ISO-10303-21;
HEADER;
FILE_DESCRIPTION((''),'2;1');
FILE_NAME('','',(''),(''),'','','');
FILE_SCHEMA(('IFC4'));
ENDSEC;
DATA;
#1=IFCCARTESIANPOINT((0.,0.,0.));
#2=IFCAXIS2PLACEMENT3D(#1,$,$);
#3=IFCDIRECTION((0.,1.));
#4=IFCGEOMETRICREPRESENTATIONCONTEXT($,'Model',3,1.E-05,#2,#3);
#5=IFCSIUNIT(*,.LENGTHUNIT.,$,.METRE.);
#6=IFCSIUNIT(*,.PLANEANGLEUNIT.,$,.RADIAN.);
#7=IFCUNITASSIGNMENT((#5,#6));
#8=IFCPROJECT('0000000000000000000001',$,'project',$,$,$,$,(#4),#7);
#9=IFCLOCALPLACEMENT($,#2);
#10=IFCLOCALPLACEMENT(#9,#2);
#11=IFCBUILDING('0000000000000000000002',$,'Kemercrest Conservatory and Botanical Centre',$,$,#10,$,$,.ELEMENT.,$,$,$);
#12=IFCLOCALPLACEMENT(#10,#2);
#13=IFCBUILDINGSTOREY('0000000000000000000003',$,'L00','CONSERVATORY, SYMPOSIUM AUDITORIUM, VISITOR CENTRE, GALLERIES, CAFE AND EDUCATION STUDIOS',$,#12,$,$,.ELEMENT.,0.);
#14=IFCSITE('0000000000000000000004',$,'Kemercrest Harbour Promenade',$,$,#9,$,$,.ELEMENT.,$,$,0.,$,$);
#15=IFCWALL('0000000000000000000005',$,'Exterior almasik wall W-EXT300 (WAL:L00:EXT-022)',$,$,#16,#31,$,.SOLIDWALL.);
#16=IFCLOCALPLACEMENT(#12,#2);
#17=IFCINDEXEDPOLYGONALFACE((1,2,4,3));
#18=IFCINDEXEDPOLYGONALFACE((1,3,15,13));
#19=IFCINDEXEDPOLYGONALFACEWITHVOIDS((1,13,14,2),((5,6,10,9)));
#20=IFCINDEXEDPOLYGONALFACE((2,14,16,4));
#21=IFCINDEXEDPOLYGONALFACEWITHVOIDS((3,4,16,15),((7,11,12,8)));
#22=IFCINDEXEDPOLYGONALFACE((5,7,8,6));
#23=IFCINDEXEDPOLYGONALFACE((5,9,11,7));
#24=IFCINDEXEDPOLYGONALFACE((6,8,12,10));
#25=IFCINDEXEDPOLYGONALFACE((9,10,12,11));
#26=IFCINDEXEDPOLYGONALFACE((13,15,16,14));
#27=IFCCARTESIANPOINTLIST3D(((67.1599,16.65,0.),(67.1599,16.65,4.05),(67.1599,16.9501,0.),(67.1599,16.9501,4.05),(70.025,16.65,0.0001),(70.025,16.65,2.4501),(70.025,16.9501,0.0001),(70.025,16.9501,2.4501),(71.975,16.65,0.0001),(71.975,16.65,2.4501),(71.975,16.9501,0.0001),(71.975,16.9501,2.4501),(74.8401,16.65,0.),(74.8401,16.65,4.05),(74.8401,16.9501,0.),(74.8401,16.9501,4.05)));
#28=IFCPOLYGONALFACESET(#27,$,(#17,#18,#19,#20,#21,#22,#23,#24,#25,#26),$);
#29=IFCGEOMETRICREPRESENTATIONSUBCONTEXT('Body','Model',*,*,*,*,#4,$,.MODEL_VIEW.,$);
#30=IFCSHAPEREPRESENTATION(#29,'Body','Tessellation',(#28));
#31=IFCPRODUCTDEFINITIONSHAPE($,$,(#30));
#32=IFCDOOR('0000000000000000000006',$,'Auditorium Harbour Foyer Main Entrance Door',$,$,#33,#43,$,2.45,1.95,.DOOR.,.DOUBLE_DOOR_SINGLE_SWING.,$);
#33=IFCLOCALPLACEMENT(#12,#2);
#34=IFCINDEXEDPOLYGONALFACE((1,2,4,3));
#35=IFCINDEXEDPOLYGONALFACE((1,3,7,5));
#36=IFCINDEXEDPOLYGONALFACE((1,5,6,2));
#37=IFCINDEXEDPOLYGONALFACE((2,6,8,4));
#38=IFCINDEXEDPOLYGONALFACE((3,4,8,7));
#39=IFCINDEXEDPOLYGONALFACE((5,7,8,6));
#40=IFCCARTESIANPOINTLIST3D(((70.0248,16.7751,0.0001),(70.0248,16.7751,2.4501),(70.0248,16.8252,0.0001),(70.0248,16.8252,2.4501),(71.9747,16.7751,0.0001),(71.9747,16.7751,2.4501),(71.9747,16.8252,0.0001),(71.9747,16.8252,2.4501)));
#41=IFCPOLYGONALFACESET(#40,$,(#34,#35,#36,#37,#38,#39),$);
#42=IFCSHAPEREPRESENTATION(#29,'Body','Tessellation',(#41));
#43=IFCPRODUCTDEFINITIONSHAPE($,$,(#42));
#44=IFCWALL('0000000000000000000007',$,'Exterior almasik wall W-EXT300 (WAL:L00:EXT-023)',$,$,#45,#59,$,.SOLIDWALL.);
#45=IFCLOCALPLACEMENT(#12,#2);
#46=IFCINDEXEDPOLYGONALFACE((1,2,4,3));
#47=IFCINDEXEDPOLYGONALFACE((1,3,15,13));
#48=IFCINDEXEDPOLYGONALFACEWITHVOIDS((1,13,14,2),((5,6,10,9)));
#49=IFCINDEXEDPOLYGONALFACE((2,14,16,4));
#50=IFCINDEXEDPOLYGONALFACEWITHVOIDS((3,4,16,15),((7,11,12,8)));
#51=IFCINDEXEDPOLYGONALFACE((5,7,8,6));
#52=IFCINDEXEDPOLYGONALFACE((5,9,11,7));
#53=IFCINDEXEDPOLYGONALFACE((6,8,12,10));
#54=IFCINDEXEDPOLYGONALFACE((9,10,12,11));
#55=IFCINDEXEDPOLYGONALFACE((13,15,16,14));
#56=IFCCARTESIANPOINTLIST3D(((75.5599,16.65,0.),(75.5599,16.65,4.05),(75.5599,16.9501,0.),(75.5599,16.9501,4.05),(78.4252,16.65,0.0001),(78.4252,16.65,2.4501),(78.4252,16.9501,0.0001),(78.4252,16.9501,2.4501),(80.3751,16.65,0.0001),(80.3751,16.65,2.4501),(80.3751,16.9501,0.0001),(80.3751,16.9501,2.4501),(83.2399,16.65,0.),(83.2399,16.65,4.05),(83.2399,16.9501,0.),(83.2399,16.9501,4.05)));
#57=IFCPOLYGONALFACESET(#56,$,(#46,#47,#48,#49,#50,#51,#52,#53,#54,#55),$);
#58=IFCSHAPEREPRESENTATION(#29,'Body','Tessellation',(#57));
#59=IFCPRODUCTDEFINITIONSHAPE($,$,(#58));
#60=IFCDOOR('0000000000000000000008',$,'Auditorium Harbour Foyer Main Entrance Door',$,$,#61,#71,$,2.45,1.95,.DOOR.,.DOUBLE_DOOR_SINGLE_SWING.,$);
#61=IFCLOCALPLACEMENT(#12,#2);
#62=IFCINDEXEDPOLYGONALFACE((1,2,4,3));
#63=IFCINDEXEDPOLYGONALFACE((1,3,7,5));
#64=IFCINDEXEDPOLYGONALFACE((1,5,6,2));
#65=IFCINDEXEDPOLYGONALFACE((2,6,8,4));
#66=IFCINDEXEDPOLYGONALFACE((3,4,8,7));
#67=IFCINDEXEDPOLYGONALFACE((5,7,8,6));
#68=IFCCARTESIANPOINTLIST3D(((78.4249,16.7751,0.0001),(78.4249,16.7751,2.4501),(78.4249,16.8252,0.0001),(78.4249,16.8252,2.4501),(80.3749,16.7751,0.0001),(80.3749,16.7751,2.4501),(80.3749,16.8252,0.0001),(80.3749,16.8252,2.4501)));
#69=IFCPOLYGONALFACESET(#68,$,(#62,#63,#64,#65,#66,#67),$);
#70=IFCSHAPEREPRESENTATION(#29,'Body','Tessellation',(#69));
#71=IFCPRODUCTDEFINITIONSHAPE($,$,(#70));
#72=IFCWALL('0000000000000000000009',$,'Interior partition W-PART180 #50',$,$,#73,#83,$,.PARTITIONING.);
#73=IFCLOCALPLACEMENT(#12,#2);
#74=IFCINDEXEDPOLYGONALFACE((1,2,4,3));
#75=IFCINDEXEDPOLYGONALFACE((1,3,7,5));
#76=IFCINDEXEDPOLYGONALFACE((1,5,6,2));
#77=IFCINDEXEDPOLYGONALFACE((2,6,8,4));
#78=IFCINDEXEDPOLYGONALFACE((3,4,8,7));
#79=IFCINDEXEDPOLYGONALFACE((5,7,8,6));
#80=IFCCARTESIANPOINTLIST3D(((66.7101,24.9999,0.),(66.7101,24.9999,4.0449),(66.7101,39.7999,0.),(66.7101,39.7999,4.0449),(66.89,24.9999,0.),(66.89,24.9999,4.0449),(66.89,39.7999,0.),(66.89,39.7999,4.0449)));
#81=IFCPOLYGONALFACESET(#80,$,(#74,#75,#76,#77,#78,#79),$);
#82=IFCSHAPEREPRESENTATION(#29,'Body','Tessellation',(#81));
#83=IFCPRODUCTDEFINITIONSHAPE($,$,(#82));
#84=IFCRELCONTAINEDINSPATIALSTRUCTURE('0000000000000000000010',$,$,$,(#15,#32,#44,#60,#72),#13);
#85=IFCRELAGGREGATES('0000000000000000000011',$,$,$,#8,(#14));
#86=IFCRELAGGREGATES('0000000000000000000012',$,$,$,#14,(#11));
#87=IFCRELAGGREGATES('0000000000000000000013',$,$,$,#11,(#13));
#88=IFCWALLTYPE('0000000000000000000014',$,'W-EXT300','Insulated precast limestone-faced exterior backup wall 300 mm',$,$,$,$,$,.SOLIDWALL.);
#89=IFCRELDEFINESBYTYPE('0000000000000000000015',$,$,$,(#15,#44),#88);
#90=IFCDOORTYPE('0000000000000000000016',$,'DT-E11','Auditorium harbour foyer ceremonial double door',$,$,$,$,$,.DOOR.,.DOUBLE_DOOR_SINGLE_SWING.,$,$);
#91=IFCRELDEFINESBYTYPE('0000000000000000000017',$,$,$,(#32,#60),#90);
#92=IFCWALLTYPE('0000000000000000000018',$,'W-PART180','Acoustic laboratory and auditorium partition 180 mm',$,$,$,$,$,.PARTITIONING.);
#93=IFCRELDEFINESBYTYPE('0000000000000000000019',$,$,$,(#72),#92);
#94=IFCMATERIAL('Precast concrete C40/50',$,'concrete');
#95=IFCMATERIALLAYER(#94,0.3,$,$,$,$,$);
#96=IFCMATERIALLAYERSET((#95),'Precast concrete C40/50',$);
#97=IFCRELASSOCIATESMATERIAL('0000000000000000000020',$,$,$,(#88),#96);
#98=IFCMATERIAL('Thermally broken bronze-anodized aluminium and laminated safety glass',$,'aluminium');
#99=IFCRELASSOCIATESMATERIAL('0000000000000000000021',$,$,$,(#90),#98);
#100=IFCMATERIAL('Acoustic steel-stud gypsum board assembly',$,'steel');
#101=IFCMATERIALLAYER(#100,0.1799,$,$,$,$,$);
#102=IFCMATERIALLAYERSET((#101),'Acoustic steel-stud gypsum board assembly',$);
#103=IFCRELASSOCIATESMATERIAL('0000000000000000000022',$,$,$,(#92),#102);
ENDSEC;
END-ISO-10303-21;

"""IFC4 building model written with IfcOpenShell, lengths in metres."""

from ifc_helpers import new_model, si_unit, direction, frame, frame_2d, origin, place, context, subcontext, project, spatial, rectangle, extrude, material, layer, layer_set, type_object, element, fill, save


model = new_model("IFC4")

# Units and contexts
model_context = context("Model", 3, precision=1e-05, world=origin(), true_north=direction((0.0, 1.0)))
body_context = subcontext(model_context, "Body", "Model", "MODEL_VIEW")
ifc_project = project(units=[si_unit("LENGTHUNIT", "METRE"), si_unit("PLANEANGLEUNIT", "RADIAN")], contexts=[model_context])

# Site, building, storey
site_placement = place(None, origin())
site = spatial("IfcSite", under=ifc_project, at=site_placement, Name="Kemercrest Harbour Promenade", CompositionType="ELEMENT", RefElevation=0.0)
building_placement = place(site_placement, origin())
building = spatial("IfcBuilding", under=site, at=building_placement, Name="Kemercrest Conservatory and Botanical Centre", CompositionType="ELEMENT")
storey_placement = place(building_placement, origin())
storey = spatial("IfcBuildingStorey", under=building, at=storey_placement, Name="L00", Description="CONSERVATORY, SYMPOSIUM AUDITORIUM, VISITOR CENTRE, GALLERIES, CAFE AND EDUCATION STUDIOS", CompositionType="ELEMENT", Elevation=0.0)

# Shared definitions
ifc_material_1 = material(Name="Precast concrete C40/50", Category="concrete")

# Walls, openings, doors
ifc_layer_1 = layer(ifc_material_1, 0.3)
ifc_layer_set_1 = layer_set([ifc_layer_1], Name="Precast concrete C40/50")
wall_type_1 = type_object("IfcWallType", Name="W-EXT300", Description="Insulated precast limestone-faced exterior backup wall 300 mm", PredefinedType="SOLIDWALL", material=ifc_layer_set_1)
wall_1_placement = place(storey_placement, frame((67.1599, 16.8, 0.0), z_axis=(0.0, 0.0, 1.0), x_axis=(1.0, 0.0, 0.0)))
wall_1 = element("IfcWall", 1, at=wall_1_placement, inside=storey, type_object=wall_type_1, Name="Exterior almasik wall W-EXT300 (WAL:L00:EXT-022)", PredefinedType="SOLIDWALL", context=body_context, shape_type="SweptSolid", body=[
    extrude(rectangle(XDim=7.6802, YDim=0.3, at=frame_2d((3.8401, 0.0))), origin(), (0.0, 0.0, 1.0), 4.05),
])
opening_1_placement = place(wall_1_placement, frame((2.865, 0.0, 0.0)))
opening_1 = element("IfcOpeningElement", 2, at=opening_1_placement, cuts=wall_1, PredefinedType="OPENING", context=body_context, shape_type="SweptSolid", body=[
    extrude(rectangle(XDim=1.95, YDim=2.45, at=frame_2d((0.9751, 1.2251))), frame((0.0, 0.1602, 0.0), z_axis=(0.0, -1.0, 0.0), x_axis=(1.0, 0.0, 0.0)), (0.0, 0.0, 1.0), 0.3201),
])
ifc_material_2 = material(Name="Thermally broken bronze-anodized aluminium and laminated safety glass", Category="aluminium")
door_type = type_object("IfcDoorType", Name="DT-E11", Description="Auditorium harbour foyer ceremonial double door", OperationType="DOUBLE_DOOR_SINGLE_SWING", PredefinedType="DOOR", material=ifc_material_2)
door_1_placement = place(opening_1_placement, frame((1.95, 0.0, 0.0), z_axis=(0.0, 0.0, 1.0), x_axis=(-1.0, 0.0, 0.0)))
door_1 = element("IfcDoor", 3, at=door_1_placement, inside=storey, type_object=door_type, Name="Auditorium Harbour Foyer Main Entrance Door", OperationType="DOUBLE_DOOR_SINGLE_SWING", OverallHeight=2.45, OverallWidth=1.95, PredefinedType="DOOR", context=body_context, shape_type="SweptSolid", body=[
    extrude(rectangle(XDim=1.95, YDim=2.45, at=frame_2d((0.9751, 1.2251))), frame((0.0, 0.0249, 0.0), z_axis=(0.0, -1.0, 0.0), x_axis=(1.0, 0.0, 0.0)), (0.0, 0.0, 1.0), 0.05),
])
fill(opening_1, door_1)
wall_2_placement = place(storey_placement, frame((75.5601, 16.8, 0.0), z_axis=(0.0, 0.0, 1.0), x_axis=(1.0, 0.0, 0.0)))
wall_2 = element("IfcWall", 4, at=wall_2_placement, inside=storey, type_object=wall_type_1, Name="Exterior almasik wall W-EXT300 (WAL:L00:EXT-023)", PredefinedType="SOLIDWALL", context=body_context, shape_type="SweptSolid", body=[
    extrude(rectangle(XDim=7.6799, YDim=0.3, at=frame_2d((3.8398, 0.0))), origin(), (0.0, 0.0, 1.0), 4.05),
])
opening_2_placement = place(wall_2_placement, frame((2.865, 0.0, 0.0)))
opening_2 = element("IfcOpeningElement", 5, at=opening_2_placement, cuts=wall_2, PredefinedType="OPENING", context=body_context, shape_type="SweptSolid", body=[
    extrude(rectangle(XDim=1.95, YDim=2.45, at=frame_2d((0.9751, 1.2251))), frame((0.0, 0.1602, 0.0), z_axis=(0.0, -1.0, 0.0), x_axis=(1.0, 0.0, 0.0)), (0.0, 0.0, 1.0), 0.3201),
])
door_2_placement = place(opening_2_placement, frame((1.95, 0.0, 0.0), z_axis=(0.0, 0.0, 1.0), x_axis=(-1.0, 0.0, 0.0)))
door_2 = element("IfcDoor", 6, at=door_2_placement, inside=storey, type_object=door_type, Name="Auditorium Harbour Foyer Main Entrance Door", OperationType="DOUBLE_DOOR_SINGLE_SWING", OverallHeight=2.45, OverallWidth=1.95, PredefinedType="DOOR", context=body_context, shape_type="SweptSolid", body=[
    extrude(rectangle(XDim=1.95, YDim=2.45, at=frame_2d((0.9751, 1.2251))), frame((0.0, 0.0249, 0.0), z_axis=(0.0, -1.0, 0.0), x_axis=(1.0, 0.0, 0.0)), (0.0, 0.0, 1.0), 0.05),
])
fill(opening_2, door_2)

# Wall
ifc_material_3 = material(Name="Acoustic steel-stud gypsum board assembly", Category="steel")
ifc_layer_2 = layer(ifc_material_3, 0.1799)
ifc_layer_set_2 = layer_set([ifc_layer_2], Name="Acoustic steel-stud gypsum board assembly")
wall_type_2 = type_object("IfcWallType", Name="W-PART180", Description="Acoustic laboratory and auditorium partition 180 mm", PredefinedType="PARTITIONING", material=ifc_layer_set_2)
wall_3_placement = place(storey_placement, frame((66.8, 25.0, 0.0), z_axis=(0.0, 0.0, 1.0), x_axis=(0.0, 1.0, 0.0)))
element("IfcWall", 7, at=wall_3_placement, inside=storey, type_object=wall_type_2, Name="Interior partition W-PART180 #50", PredefinedType="PARTITIONING", context=body_context, shape_type="SweptSolid", body=[
    extrude(rectangle(XDim=14.8, YDim=0.1799, at=frame_2d((7.3999, 0.0))), origin(), (0.0, 0.0, 1.0), 4.0449),
])

save(model, "model.ifc")
